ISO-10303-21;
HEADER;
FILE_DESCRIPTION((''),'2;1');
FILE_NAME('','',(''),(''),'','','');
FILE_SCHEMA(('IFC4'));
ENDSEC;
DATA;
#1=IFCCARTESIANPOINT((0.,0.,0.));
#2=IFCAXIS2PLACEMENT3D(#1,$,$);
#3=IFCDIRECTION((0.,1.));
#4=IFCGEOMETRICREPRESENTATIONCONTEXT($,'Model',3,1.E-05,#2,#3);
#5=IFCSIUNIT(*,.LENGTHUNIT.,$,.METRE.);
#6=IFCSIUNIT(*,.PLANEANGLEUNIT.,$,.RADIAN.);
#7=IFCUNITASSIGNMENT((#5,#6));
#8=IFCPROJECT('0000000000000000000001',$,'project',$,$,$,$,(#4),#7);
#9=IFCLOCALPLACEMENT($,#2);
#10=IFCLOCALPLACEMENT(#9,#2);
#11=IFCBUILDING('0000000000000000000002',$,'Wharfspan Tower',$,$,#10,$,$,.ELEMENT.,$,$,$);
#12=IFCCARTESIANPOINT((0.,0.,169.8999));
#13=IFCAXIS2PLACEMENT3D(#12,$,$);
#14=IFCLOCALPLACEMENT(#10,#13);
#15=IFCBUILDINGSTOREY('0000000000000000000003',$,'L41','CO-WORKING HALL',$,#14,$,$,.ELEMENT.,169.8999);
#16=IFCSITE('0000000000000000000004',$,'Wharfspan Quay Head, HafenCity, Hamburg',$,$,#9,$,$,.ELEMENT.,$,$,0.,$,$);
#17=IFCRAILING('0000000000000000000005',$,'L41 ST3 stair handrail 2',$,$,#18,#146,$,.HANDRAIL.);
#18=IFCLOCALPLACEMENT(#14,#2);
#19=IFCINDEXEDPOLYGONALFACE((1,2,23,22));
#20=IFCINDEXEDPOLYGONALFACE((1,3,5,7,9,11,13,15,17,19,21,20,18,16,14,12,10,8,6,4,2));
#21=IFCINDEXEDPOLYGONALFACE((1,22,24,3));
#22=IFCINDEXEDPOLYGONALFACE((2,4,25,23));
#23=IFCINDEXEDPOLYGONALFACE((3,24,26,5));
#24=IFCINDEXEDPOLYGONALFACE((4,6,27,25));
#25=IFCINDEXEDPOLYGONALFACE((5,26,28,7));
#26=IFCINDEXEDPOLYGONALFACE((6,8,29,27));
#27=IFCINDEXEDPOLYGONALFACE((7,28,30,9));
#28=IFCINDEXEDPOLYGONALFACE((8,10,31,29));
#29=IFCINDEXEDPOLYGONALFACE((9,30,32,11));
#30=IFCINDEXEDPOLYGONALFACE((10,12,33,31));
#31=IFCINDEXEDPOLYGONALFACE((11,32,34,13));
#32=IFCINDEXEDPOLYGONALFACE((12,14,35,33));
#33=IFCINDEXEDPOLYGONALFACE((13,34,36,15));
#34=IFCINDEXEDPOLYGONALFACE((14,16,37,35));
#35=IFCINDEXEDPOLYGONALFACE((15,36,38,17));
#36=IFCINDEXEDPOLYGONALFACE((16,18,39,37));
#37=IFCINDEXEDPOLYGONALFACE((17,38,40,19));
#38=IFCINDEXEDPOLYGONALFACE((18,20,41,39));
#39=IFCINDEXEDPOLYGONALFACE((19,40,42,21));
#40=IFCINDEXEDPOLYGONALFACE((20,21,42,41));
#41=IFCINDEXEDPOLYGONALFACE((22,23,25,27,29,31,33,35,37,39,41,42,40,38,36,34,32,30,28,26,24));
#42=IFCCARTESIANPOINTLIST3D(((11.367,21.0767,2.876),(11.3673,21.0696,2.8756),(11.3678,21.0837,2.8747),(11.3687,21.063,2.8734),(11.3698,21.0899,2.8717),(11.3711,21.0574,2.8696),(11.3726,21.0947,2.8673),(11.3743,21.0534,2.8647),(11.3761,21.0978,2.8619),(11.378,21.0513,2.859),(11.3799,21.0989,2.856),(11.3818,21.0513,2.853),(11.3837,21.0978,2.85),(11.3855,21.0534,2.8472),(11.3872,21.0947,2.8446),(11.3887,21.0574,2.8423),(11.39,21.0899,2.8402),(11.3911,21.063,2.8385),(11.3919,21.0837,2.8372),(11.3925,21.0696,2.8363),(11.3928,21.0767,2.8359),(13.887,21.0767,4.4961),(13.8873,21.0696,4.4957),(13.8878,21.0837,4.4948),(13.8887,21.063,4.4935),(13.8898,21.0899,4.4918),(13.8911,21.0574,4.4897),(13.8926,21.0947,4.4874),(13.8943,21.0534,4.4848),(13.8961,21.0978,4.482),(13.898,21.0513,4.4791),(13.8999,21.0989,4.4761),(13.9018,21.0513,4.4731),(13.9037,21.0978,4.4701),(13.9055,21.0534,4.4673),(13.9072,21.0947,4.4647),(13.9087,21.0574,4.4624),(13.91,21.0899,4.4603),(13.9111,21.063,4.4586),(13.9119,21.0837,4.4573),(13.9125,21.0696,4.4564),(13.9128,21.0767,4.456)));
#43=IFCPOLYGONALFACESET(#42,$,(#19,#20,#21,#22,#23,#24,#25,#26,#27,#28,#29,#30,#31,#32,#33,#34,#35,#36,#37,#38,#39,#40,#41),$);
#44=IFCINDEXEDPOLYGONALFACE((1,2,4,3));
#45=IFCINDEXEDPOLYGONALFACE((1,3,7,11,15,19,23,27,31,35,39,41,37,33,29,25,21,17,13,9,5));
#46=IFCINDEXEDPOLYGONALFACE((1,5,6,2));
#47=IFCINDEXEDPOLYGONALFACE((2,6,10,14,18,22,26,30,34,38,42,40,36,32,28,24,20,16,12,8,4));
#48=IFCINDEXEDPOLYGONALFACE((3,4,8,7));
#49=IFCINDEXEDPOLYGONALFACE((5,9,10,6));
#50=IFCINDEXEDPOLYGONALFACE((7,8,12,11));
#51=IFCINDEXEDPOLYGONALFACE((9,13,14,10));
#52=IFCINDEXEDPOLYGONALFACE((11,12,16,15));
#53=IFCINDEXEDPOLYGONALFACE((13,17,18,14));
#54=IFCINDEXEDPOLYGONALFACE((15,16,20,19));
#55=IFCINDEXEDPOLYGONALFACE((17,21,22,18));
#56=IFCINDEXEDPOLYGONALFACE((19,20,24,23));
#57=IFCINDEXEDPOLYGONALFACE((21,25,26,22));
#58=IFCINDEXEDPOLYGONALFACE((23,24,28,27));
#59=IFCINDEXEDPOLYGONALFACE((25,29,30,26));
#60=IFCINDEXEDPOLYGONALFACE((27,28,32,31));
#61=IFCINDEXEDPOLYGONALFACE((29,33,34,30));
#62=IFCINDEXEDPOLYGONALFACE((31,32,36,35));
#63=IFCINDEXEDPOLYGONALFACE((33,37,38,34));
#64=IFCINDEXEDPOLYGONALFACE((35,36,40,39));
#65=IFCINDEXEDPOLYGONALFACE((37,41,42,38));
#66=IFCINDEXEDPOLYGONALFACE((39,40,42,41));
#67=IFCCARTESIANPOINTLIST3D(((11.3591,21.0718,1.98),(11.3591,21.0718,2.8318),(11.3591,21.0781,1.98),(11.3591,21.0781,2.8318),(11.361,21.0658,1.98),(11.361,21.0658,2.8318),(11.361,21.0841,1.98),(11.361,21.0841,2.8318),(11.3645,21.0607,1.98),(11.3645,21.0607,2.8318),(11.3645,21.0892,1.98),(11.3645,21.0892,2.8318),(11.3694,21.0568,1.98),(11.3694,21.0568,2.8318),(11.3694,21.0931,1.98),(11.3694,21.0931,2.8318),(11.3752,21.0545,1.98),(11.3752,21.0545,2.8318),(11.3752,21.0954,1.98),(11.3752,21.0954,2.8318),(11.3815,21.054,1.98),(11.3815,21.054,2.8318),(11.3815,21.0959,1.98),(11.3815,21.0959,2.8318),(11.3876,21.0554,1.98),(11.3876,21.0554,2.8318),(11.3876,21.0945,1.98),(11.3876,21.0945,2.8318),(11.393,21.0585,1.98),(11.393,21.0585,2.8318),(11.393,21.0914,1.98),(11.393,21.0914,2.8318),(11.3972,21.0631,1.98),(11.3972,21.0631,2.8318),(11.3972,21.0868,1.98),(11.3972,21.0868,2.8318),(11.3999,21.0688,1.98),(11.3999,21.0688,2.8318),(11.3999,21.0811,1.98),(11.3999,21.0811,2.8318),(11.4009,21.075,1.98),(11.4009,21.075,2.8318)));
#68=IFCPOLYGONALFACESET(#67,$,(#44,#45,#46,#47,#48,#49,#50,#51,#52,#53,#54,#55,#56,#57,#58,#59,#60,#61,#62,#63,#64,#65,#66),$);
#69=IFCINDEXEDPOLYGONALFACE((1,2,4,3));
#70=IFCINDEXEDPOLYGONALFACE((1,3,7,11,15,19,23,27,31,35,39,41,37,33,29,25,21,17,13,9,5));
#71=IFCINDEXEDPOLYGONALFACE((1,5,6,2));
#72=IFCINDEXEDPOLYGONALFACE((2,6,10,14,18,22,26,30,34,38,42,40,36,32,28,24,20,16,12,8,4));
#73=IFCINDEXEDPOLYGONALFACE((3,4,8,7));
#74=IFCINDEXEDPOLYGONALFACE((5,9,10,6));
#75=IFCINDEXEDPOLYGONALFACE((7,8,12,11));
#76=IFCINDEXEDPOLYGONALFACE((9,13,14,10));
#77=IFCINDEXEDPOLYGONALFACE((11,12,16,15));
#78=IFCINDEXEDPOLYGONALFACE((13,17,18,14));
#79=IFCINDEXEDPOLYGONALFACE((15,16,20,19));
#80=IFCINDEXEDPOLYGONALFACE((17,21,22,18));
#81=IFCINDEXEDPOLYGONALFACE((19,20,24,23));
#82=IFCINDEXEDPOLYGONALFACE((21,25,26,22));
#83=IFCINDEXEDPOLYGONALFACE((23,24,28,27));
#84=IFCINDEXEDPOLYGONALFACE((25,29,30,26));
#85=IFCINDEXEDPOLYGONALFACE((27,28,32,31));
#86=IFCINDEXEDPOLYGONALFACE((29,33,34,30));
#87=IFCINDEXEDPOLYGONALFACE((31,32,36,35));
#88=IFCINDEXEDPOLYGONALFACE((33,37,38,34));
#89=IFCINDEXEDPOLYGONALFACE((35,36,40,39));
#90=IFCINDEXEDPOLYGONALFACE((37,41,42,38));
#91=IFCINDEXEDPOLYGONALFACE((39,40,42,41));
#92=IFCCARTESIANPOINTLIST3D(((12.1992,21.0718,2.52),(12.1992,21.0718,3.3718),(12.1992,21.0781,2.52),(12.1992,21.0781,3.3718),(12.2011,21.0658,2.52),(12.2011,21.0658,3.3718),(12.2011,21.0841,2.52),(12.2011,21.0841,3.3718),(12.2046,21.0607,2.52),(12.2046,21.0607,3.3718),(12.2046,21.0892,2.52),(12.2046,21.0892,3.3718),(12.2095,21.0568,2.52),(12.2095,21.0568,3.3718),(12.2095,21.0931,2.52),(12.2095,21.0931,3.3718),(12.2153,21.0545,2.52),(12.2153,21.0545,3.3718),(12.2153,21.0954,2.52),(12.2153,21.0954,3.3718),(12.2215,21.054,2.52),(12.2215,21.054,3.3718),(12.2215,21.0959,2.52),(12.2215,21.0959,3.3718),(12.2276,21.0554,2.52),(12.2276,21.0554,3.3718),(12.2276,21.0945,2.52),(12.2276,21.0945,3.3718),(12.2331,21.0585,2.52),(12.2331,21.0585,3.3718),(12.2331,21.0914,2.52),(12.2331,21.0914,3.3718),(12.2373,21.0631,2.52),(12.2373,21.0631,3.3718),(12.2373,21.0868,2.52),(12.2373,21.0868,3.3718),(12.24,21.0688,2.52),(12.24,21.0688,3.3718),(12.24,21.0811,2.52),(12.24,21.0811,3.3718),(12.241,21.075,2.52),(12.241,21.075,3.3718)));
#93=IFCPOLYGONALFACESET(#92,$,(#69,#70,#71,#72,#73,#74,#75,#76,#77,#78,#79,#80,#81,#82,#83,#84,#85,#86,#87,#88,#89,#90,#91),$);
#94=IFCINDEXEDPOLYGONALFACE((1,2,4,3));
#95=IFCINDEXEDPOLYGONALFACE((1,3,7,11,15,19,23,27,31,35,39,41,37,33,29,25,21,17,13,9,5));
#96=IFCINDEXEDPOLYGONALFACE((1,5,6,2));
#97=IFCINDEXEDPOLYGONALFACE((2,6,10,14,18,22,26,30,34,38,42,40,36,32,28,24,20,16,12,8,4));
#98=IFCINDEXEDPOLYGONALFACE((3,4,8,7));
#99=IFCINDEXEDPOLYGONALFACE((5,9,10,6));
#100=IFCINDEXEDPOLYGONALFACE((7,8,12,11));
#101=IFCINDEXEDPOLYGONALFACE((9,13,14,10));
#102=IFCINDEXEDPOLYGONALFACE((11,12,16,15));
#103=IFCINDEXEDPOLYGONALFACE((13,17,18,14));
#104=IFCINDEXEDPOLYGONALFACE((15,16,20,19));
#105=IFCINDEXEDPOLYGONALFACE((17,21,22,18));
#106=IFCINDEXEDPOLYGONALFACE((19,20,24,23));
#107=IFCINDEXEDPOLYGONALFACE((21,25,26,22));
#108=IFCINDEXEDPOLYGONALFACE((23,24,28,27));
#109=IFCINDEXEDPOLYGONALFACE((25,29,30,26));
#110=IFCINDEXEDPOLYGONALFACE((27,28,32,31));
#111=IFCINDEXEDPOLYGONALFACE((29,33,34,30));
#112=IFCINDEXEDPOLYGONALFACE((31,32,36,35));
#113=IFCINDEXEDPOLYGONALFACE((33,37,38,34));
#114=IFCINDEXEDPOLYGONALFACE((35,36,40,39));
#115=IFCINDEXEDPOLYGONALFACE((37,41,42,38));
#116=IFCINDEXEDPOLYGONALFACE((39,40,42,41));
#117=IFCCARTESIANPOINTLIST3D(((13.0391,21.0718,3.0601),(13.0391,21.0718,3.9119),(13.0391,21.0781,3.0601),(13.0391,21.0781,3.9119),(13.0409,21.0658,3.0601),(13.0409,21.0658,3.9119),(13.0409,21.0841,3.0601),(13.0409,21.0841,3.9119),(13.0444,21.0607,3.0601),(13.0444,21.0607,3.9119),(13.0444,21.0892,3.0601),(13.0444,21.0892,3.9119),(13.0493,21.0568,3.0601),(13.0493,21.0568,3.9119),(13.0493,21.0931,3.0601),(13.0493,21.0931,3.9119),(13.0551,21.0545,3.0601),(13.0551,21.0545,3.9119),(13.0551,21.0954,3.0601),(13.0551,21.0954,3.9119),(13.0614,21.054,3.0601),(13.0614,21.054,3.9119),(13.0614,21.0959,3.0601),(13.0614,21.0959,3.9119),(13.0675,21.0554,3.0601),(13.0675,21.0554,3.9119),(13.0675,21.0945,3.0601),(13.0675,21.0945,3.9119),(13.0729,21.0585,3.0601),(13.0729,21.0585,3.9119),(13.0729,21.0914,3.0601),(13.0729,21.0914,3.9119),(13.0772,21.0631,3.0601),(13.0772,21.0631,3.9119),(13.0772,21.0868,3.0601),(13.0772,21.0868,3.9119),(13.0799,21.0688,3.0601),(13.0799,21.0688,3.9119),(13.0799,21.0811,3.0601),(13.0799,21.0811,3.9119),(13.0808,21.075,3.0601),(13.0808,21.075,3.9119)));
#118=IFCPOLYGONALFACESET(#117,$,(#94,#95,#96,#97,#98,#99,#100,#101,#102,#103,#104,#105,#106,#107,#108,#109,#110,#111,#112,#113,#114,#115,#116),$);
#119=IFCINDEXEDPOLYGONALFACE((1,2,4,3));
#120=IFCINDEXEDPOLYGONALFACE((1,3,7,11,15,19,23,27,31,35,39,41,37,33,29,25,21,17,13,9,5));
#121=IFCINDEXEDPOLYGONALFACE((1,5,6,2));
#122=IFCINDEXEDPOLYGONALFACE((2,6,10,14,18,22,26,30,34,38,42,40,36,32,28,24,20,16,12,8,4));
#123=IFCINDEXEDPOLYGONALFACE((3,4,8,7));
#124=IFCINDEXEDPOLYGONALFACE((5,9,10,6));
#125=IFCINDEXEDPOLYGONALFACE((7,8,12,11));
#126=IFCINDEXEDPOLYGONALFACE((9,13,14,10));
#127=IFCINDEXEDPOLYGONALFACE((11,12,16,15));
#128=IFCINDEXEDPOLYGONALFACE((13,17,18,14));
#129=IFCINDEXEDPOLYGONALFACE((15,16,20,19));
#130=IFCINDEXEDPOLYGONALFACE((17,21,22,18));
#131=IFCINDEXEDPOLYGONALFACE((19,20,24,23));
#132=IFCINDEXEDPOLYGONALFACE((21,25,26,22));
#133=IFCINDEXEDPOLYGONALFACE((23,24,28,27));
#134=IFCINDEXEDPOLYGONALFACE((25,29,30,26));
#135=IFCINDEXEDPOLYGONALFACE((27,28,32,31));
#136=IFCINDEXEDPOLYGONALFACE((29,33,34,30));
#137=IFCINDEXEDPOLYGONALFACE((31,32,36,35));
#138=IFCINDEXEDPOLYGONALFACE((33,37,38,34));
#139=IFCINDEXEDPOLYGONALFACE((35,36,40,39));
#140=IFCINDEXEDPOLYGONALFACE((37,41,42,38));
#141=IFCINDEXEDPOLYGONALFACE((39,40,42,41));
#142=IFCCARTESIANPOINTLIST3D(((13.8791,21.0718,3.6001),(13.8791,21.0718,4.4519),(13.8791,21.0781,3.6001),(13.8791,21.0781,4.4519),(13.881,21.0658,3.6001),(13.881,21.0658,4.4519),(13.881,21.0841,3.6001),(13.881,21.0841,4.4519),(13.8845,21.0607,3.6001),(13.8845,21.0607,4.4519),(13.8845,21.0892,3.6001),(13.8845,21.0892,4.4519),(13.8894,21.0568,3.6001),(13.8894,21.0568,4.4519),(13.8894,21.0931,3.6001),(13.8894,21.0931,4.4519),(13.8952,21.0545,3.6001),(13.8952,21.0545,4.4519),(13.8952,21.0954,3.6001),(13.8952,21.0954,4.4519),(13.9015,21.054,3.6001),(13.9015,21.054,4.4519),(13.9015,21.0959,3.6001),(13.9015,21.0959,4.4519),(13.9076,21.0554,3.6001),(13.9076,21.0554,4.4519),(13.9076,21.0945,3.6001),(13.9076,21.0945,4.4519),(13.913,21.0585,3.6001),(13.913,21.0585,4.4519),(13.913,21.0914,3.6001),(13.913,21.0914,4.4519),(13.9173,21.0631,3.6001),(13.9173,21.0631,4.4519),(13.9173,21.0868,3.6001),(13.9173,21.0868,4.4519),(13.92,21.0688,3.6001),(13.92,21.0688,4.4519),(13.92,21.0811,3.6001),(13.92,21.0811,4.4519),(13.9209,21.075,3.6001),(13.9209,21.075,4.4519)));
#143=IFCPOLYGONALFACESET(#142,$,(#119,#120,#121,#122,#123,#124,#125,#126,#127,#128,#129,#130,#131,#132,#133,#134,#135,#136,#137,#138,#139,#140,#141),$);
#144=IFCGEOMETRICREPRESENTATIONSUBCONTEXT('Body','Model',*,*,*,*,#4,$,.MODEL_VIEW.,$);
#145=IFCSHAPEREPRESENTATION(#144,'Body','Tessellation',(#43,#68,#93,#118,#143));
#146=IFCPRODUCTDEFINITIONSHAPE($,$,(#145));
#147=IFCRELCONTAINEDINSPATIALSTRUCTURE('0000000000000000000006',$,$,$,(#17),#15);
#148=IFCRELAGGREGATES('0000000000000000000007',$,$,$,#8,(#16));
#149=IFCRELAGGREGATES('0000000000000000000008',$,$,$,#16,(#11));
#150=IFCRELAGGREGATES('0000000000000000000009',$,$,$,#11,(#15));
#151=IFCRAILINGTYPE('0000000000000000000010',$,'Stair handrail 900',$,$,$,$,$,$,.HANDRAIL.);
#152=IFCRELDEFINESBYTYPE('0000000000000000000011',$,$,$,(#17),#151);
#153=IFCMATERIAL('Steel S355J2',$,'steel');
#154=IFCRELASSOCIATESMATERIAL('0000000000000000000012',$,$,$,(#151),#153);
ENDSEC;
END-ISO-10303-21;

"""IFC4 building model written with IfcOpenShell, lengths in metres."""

from ifc_helpers import new_model, si_unit, direction, frame, origin, origin_2d, place, context, subcontext, project, spatial, circle, extrude, material, type_object, element, save


model = new_model("IFC4")

# Units and contexts
model_context = context("Model", 3, precision=1e-05, world=origin(), true_north=direction((0.0, 1.0)))
body_context = subcontext(model_context, "Body", "Model", "MODEL_VIEW")
ifc_project = project(units=[si_unit("LENGTHUNIT", "METRE"), si_unit("PLANEANGLEUNIT", "RADIAN")], contexts=[model_context])

# Site, building, storey
site_placement = place(None, origin())
site = spatial("IfcSite", under=ifc_project, at=site_placement, Name="Wharfspan Quay Head, HafenCity, Hamburg", CompositionType="ELEMENT", RefElevation=0.0)
building_placement = place(site_placement, origin())
building = spatial("IfcBuilding", under=site, at=building_placement, Name="Wharfspan Tower", CompositionType="ELEMENT")
storey_placement = place(building_placement, frame((0.0, 0.0, 169.8999)))
storey = spatial("IfcBuildingStorey", under=building, at=storey_placement, Name="L41", Description="CO-WORKING HALL", CompositionType="ELEMENT", Elevation=169.8999)

# Shared definitions
ifc_material_1 = material(Name="Steel S355J2", Category="steel")

# Railing
railing_type_1 = type_object("IfcRailingType", Name="Stair handrail 900", PredefinedType="HANDRAIL", material=ifc_material_1)
railing_1_placement = place(storey_placement, frame((11.3799, 21.075, 1.98)))
element("IfcRailing", 1, at=railing_1_placement, inside=storey, type_object=railing_type_1, Name="L41 ST3 stair handrail 2", PredefinedType="HANDRAIL", context=body_context, shape_type="SweptSolid", body=[
    extrude(circle(Radius=0.0239, at=origin_2d()), frame((0.0, 0.0, 0.876), z_axis=(0.841163, 0.0, 0.540782), x_axis=(0.0, 1.0, 0.0)), (0.0, 0.0, 1.0), 2.9958),
    extrude(circle(Radius=0.021, at=origin_2d()), origin(), (0.0, 0.0, 1.0), 0.8518),
    extrude(circle(Radius=0.021, at=origin_2d()), frame((0.8401, 0.0, 0.54)), (0.0, 0.0, 1.0), 0.8518),
    extrude(circle(Radius=0.021, at=origin_2d()), frame((1.6799, 0.0, 1.0801)), (0.0, 0.0, 1.0), 0.8518),
    extrude(circle(Radius=0.021, at=origin_2d()), frame((2.52, 0.0, 1.6201)), (0.0, 0.0, 1.0), 0.8518),
])

save(model, "model.ifc")
